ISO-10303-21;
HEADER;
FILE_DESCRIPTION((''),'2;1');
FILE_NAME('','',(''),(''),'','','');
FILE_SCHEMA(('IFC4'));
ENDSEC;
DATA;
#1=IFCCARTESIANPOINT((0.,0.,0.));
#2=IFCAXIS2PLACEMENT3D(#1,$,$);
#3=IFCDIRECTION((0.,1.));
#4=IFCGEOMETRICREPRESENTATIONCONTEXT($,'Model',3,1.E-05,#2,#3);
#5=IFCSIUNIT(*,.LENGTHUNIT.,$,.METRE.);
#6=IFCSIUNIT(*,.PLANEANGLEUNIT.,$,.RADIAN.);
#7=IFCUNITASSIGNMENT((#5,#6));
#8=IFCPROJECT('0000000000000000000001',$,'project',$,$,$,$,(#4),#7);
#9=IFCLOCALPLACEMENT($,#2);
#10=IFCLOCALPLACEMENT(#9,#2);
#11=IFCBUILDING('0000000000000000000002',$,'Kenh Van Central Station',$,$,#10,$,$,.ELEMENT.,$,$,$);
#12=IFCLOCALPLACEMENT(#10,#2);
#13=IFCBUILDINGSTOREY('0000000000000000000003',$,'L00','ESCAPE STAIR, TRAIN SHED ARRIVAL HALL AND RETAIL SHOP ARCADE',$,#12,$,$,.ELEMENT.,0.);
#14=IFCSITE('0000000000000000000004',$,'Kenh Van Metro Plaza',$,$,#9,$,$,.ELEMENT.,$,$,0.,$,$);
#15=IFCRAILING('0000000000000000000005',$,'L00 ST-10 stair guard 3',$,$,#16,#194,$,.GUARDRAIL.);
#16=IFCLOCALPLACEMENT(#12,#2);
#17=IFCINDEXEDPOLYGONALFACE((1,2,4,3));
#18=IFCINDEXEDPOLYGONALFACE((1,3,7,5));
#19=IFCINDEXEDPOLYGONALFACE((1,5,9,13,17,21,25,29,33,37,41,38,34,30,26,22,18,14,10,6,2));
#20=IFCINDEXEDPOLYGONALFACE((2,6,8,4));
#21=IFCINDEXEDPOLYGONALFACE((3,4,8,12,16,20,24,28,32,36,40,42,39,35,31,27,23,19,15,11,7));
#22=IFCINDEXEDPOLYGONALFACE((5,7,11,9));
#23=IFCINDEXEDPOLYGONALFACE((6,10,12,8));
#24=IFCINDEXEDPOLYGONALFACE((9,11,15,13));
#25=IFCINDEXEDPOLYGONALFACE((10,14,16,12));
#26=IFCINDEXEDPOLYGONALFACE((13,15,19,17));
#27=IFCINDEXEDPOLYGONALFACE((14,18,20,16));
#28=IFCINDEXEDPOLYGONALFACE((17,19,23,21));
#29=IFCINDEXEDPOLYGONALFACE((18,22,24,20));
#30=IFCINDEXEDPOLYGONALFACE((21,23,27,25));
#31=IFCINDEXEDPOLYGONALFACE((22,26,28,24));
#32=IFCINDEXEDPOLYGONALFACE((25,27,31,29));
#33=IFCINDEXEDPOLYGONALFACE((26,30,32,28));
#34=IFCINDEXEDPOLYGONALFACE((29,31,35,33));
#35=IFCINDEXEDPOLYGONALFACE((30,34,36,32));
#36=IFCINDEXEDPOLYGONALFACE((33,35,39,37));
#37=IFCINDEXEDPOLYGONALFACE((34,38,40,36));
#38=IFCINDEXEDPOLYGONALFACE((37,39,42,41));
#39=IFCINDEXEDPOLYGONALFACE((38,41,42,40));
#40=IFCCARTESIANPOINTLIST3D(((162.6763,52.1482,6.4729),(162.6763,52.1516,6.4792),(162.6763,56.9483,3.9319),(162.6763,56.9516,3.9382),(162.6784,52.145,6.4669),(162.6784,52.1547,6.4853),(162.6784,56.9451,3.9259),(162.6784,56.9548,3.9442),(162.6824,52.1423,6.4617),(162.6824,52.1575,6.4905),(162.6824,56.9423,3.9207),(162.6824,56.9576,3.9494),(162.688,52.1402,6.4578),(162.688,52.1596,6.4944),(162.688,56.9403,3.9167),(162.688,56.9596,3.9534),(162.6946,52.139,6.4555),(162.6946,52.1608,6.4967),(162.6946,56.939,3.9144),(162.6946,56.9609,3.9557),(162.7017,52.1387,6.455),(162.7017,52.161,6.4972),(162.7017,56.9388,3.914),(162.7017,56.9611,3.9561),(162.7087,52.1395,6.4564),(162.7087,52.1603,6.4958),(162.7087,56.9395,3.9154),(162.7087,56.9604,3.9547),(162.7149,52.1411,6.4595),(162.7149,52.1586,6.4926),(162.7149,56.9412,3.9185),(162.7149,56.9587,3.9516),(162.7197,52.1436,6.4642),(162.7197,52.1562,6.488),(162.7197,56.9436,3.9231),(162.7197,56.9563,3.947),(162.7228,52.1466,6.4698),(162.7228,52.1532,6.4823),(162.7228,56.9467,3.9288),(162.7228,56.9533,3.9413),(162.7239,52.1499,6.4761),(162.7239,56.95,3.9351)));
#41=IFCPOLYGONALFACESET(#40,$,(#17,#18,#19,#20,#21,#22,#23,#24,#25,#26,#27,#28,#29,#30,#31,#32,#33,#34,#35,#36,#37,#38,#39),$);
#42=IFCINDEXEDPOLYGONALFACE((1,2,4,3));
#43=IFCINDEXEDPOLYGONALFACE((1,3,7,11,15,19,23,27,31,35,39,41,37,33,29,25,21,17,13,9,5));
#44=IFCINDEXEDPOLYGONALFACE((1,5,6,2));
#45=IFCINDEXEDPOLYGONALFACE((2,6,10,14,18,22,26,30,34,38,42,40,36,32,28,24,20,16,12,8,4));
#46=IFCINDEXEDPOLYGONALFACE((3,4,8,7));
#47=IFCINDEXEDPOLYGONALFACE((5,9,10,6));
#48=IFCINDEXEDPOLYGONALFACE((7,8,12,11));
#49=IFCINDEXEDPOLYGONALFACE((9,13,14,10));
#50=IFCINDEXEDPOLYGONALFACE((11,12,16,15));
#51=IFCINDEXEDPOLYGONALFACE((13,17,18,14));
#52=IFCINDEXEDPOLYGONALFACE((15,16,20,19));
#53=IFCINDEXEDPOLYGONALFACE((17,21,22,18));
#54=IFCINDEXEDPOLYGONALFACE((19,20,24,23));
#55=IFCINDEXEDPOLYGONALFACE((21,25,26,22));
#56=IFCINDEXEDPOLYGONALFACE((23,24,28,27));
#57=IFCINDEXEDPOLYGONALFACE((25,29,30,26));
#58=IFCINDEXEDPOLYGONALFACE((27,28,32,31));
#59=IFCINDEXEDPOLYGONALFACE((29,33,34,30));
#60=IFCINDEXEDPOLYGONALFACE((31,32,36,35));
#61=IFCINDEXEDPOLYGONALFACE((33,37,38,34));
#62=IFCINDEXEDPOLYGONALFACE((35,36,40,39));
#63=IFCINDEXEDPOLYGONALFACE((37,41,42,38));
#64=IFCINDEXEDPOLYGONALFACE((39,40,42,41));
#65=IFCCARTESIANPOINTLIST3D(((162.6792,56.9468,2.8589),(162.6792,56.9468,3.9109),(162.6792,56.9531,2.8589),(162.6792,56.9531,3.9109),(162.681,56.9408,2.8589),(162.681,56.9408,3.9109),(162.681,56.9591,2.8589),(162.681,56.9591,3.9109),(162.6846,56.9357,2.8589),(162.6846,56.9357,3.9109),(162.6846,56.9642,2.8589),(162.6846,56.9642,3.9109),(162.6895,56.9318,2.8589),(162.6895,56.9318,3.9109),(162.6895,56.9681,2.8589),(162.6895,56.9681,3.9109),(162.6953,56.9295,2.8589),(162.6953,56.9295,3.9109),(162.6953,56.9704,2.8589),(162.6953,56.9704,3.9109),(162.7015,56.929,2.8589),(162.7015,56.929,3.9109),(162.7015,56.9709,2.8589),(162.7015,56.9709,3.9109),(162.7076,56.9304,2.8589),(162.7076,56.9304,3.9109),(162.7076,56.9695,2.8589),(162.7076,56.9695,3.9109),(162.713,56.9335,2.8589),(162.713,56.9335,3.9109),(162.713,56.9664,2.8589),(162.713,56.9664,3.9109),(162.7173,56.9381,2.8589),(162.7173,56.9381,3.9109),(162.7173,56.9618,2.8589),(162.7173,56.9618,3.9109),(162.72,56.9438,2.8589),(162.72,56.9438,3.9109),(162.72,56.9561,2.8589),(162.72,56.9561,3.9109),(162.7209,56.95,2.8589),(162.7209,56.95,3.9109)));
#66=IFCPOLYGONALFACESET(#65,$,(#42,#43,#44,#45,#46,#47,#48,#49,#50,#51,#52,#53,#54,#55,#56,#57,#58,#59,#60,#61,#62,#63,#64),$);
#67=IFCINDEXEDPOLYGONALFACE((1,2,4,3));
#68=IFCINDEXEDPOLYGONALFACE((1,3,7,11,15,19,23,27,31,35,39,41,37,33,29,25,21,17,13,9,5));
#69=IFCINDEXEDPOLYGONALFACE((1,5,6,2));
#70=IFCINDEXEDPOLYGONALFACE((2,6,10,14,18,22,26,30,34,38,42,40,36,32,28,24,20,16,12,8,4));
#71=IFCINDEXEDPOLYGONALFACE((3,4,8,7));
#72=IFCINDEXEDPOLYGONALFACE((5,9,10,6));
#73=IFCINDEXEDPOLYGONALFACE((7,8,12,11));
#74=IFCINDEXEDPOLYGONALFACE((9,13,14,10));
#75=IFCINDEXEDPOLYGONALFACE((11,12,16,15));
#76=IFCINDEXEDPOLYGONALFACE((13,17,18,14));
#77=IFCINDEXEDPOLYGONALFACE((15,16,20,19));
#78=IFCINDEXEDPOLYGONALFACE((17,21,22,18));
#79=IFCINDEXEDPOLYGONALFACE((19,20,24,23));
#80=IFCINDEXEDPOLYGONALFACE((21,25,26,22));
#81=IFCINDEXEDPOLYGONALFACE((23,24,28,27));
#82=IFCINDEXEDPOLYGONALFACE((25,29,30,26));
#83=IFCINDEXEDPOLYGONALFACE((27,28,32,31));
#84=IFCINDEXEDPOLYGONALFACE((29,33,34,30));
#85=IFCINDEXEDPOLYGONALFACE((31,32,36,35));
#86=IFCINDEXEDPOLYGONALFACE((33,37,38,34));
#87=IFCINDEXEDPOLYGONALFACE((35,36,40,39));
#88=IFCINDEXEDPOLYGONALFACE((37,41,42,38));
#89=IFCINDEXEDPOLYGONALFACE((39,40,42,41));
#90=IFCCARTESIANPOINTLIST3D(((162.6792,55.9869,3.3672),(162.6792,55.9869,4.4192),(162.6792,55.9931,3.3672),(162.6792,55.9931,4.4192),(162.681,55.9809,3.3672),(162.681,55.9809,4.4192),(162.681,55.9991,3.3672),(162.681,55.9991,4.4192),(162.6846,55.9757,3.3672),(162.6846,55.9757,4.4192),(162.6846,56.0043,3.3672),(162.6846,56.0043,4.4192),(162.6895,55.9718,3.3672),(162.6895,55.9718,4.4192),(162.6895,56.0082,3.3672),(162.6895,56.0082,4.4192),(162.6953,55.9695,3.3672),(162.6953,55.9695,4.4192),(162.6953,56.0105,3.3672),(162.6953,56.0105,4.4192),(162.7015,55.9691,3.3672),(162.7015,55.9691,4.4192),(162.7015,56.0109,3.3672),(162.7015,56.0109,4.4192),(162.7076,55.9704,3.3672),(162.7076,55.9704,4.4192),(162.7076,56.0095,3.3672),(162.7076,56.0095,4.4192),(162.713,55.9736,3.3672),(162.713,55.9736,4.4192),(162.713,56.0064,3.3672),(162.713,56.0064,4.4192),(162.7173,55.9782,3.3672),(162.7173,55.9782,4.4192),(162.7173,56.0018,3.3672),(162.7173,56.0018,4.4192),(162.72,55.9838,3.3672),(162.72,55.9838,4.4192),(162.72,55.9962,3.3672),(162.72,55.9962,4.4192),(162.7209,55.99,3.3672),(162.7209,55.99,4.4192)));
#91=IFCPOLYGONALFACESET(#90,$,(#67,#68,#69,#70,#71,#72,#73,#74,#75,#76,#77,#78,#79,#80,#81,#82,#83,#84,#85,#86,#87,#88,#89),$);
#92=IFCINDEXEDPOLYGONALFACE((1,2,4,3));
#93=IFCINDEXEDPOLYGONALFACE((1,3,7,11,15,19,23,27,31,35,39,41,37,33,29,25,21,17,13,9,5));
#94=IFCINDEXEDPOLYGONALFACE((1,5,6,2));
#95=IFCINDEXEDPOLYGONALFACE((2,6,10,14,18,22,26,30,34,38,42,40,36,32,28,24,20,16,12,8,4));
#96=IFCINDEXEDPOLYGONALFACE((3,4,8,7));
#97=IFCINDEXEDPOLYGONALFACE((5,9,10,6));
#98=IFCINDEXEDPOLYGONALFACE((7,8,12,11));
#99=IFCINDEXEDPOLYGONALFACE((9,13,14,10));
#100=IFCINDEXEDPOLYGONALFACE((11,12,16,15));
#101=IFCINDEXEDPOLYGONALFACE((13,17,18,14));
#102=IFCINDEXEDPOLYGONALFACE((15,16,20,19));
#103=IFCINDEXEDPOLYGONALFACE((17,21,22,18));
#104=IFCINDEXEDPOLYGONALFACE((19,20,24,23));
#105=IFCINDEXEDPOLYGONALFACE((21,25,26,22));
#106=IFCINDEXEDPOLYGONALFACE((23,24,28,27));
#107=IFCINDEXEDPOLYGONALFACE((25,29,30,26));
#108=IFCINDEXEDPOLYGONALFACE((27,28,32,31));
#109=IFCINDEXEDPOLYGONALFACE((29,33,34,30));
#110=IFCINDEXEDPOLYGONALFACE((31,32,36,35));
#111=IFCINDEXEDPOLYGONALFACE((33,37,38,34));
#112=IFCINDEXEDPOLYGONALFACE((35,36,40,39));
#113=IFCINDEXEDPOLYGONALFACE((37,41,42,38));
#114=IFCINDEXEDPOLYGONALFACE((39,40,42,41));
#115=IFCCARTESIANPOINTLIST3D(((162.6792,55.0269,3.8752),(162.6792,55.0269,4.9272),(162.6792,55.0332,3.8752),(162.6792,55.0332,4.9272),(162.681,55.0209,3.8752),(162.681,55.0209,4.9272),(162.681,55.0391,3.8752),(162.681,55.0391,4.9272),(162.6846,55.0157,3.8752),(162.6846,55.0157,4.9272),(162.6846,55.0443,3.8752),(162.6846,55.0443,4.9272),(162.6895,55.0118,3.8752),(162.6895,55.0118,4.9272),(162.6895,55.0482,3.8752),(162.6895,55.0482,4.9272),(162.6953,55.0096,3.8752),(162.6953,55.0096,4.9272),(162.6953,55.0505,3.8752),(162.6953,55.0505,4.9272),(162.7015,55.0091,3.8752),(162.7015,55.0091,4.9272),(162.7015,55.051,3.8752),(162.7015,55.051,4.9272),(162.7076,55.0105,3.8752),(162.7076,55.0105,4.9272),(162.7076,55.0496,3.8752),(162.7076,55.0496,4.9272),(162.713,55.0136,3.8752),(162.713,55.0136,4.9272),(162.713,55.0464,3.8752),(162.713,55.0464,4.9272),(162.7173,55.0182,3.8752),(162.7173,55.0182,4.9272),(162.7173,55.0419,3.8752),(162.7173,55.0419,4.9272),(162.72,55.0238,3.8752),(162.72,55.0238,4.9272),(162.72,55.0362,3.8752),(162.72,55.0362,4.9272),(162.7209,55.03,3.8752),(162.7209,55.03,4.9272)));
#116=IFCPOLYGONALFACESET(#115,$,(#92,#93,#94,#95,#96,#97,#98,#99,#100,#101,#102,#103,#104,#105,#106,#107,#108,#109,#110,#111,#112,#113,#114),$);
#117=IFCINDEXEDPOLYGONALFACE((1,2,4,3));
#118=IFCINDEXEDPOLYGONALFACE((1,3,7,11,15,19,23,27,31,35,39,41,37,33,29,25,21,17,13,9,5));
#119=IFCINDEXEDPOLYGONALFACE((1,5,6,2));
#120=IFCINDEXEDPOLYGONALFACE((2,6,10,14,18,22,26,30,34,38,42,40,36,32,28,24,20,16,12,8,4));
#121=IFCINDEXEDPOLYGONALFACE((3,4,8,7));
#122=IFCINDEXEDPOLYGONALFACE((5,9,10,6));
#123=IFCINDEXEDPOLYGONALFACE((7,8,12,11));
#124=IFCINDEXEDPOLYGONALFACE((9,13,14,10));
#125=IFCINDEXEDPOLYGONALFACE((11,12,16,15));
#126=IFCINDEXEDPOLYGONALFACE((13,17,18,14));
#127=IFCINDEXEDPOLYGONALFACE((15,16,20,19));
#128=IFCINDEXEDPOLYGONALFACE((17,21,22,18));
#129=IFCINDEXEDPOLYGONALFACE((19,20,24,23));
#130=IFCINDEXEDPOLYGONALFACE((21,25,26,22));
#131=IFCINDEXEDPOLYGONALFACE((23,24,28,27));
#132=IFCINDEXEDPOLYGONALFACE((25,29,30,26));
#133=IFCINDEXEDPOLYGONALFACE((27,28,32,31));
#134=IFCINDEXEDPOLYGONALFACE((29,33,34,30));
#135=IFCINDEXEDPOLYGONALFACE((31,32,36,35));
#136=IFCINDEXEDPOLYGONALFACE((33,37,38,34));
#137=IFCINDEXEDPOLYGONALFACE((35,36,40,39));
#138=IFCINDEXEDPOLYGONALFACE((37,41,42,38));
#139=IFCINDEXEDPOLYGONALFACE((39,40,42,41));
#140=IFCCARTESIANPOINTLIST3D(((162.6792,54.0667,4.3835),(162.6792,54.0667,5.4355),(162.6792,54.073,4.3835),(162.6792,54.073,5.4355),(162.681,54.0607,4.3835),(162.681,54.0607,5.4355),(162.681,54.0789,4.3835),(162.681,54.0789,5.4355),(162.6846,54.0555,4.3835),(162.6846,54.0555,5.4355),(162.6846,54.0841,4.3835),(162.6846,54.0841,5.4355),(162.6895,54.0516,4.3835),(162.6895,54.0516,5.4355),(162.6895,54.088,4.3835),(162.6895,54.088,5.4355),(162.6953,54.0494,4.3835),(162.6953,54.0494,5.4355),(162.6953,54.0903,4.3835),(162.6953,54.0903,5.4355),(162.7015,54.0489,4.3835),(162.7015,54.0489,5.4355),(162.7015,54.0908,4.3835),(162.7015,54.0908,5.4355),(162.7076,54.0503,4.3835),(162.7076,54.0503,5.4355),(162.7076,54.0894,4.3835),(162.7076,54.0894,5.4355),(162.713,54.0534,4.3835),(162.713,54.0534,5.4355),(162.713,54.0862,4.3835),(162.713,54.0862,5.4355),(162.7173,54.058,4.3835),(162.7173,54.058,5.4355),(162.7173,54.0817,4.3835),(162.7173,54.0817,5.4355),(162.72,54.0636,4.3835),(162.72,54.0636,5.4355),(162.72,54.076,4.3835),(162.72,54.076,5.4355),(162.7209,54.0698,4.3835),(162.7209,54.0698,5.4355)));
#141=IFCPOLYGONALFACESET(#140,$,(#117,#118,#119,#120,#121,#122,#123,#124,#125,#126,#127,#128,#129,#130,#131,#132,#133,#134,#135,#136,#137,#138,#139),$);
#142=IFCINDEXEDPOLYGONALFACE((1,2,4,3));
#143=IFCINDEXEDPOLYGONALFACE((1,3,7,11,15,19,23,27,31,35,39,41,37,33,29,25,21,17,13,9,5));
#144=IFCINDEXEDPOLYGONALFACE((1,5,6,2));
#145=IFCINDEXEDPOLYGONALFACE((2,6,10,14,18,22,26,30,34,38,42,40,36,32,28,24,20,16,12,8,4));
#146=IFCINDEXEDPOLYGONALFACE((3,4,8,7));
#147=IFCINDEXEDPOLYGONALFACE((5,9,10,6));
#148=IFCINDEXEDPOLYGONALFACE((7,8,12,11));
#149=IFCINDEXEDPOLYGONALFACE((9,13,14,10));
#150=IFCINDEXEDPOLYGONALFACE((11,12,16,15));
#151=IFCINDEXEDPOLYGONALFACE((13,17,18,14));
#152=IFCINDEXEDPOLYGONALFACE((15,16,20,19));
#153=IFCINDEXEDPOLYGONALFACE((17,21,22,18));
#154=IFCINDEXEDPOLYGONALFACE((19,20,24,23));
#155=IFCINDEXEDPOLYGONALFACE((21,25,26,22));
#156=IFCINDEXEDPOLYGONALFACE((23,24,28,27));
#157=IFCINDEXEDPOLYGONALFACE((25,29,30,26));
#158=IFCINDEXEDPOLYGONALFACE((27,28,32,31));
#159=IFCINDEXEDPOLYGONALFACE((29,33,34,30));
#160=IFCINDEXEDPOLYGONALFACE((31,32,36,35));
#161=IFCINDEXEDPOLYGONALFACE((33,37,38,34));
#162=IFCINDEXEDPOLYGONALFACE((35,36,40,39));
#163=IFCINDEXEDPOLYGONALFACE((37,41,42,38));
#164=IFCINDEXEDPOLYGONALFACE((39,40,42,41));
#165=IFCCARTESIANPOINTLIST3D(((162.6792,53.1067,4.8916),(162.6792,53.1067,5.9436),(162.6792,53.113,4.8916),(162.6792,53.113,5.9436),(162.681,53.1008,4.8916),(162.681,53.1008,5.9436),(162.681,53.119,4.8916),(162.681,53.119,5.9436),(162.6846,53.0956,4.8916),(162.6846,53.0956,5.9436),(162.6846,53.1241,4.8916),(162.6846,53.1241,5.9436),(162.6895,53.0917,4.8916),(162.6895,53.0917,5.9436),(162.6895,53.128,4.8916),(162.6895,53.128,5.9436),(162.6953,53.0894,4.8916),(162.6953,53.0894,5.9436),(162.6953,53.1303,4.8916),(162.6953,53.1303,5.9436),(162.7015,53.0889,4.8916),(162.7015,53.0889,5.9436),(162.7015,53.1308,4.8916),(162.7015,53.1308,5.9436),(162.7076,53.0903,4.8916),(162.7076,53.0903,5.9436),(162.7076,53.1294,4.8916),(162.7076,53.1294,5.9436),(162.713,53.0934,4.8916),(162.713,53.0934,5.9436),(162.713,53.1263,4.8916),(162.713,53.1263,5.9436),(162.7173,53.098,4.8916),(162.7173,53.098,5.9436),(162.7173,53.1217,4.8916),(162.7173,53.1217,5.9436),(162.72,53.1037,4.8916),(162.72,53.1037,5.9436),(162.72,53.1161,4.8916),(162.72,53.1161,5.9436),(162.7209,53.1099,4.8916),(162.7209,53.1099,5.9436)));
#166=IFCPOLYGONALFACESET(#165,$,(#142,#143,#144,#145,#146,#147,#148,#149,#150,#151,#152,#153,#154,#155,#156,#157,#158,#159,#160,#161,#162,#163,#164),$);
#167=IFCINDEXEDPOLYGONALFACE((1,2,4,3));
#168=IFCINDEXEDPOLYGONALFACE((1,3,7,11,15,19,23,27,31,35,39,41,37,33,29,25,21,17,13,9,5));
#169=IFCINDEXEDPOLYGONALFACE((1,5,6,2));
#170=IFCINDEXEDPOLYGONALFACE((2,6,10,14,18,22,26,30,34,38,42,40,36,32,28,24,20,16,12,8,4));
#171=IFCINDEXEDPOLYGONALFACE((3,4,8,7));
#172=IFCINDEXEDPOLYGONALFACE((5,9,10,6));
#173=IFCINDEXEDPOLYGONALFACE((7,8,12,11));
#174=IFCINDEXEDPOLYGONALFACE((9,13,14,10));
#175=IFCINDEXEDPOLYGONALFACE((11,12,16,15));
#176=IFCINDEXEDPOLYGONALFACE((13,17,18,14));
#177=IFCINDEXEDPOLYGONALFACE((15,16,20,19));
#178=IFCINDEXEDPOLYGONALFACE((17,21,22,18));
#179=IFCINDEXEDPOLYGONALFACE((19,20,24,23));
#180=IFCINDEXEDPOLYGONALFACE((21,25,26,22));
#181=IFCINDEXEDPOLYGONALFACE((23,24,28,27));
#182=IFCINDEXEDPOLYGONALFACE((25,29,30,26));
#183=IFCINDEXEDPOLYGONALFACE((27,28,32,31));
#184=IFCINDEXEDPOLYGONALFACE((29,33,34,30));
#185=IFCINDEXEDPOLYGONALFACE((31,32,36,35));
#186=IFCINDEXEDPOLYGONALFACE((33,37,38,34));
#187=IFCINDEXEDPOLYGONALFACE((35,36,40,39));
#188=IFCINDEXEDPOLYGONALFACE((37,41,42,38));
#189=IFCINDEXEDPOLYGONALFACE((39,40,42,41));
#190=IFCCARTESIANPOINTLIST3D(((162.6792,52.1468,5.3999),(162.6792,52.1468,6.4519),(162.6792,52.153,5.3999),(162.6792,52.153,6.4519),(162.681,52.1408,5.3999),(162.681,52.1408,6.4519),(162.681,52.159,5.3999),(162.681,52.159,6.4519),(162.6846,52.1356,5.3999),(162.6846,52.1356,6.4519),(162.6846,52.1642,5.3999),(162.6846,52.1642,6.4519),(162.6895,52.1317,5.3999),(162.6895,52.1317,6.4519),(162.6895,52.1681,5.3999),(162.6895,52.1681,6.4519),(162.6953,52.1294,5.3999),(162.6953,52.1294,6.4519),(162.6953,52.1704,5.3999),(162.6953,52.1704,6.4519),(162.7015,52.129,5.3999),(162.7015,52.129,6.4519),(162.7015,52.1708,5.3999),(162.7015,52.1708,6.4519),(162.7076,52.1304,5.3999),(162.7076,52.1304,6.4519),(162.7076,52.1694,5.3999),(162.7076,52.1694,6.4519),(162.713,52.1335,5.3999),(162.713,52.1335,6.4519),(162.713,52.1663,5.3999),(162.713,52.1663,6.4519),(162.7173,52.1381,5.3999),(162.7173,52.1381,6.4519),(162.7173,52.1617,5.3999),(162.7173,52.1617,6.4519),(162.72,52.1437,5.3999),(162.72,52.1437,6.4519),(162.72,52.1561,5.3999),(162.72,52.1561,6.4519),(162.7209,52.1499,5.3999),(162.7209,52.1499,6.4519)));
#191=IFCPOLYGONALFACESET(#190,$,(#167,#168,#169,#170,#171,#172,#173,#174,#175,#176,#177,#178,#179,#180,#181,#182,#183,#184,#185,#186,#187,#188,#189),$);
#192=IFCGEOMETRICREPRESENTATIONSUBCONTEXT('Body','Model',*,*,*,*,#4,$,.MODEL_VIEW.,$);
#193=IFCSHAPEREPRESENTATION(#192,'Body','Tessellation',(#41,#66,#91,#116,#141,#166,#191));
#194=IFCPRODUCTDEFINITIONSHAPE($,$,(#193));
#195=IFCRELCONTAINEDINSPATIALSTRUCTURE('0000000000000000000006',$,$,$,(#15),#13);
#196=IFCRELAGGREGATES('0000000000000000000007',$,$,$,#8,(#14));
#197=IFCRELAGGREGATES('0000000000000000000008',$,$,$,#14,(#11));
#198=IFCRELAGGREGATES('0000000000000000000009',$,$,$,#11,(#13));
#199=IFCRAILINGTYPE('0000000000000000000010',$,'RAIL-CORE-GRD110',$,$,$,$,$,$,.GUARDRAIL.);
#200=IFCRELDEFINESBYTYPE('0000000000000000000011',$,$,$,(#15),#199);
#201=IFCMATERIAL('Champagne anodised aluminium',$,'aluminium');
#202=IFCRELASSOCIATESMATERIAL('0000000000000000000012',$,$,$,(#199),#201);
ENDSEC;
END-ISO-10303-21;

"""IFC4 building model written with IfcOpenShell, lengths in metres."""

from ifc_helpers import new_model, si_unit, direction, frame, origin, origin_2d, place, context, subcontext, project, spatial, circle, extrude, material, type_object, element, save


model = new_model("IFC4")

# Units and contexts
model_context = context("Model", 3, precision=1e-05, world=origin(), true_north=direction((0.0, 1.0)))
body_context = subcontext(model_context, "Body", "Model", "MODEL_VIEW")
ifc_project = project(units=[si_unit("LENGTHUNIT", "METRE"), si_unit("PLANEANGLEUNIT", "RADIAN")], contexts=[model_context])

# Site, building, storey
site_placement = place(None, origin())
site = spatial("IfcSite", under=ifc_project, at=site_placement, Name="Kenh Van Metro Plaza", CompositionType="ELEMENT", RefElevation=0.0)
building_placement = place(site_placement, origin())
building = spatial("IfcBuilding", under=site, at=building_placement, Name="Kenh Van Central Station", CompositionType="ELEMENT")
storey_placement = place(building_placement, origin())
storey = spatial("IfcBuildingStorey", under=building, at=storey_placement, Name="L00", Description="ESCAPE STAIR, TRAIN SHED ARRIVAL HALL AND RETAIL SHOP ARCADE", CompositionType="ELEMENT", Elevation=0.0)

# Shared definitions
ifc_material_1 = material(Name="Champagne anodised aluminium", Category="aluminium")

# Railing
railing_type_1 = type_object("IfcRailingType", Name="RAIL-CORE-GRD110", PredefinedType="GUARDRAIL", material=ifc_material_1)
railing_1_placement = place(storey_placement, frame((162.7, 56.95, 2.8589)))
element("IfcRailing", 1, at=railing_1_placement, inside=storey, type_object=railing_type_1, Name="L00 ST-10 stair guard 3", PredefinedType="GUARDRAIL", context=body_context, shape_type="SweptSolid", body=[
    extrude(circle(Radius=0.0239, at=origin_2d()), frame((0.0, 0.0, 1.0762), z_axis=(0.0, -0.883802, 0.467861), x_axis=(1.0, 0.0, 0.0)), (0.0, 0.0, 1.0), 5.4312),
    extrude(circle(Radius=0.021, at=origin_2d()), origin(), (0.0, 0.0, 1.0), 1.052),
    extrude(circle(Radius=0.021, at=origin_2d()), frame((0.0, -0.96, 0.5083)), (0.0, 0.0, 1.0), 1.052),
    extrude(circle(Radius=0.021, at=origin_2d()), frame((0.0, -1.9199, 1.0164)), (0.0, 0.0, 1.0), 1.052),
    extrude(circle(Radius=0.021, at=origin_2d()), frame((0.0, -2.8801, 1.5247)), (0.0, 0.0, 1.0), 1.052),
    extrude(circle(Radius=0.021, at=origin_2d()), frame((0.0, -3.8401, 2.0327)), (0.0, 0.0, 1.0), 1.052),
    extrude(circle(Radius=0.021, at=origin_2d()), frame((0.0, -4.8, 2.541)), (0.0, 0.0, 1.0), 1.052),
])

save(model, "model.ifc")
